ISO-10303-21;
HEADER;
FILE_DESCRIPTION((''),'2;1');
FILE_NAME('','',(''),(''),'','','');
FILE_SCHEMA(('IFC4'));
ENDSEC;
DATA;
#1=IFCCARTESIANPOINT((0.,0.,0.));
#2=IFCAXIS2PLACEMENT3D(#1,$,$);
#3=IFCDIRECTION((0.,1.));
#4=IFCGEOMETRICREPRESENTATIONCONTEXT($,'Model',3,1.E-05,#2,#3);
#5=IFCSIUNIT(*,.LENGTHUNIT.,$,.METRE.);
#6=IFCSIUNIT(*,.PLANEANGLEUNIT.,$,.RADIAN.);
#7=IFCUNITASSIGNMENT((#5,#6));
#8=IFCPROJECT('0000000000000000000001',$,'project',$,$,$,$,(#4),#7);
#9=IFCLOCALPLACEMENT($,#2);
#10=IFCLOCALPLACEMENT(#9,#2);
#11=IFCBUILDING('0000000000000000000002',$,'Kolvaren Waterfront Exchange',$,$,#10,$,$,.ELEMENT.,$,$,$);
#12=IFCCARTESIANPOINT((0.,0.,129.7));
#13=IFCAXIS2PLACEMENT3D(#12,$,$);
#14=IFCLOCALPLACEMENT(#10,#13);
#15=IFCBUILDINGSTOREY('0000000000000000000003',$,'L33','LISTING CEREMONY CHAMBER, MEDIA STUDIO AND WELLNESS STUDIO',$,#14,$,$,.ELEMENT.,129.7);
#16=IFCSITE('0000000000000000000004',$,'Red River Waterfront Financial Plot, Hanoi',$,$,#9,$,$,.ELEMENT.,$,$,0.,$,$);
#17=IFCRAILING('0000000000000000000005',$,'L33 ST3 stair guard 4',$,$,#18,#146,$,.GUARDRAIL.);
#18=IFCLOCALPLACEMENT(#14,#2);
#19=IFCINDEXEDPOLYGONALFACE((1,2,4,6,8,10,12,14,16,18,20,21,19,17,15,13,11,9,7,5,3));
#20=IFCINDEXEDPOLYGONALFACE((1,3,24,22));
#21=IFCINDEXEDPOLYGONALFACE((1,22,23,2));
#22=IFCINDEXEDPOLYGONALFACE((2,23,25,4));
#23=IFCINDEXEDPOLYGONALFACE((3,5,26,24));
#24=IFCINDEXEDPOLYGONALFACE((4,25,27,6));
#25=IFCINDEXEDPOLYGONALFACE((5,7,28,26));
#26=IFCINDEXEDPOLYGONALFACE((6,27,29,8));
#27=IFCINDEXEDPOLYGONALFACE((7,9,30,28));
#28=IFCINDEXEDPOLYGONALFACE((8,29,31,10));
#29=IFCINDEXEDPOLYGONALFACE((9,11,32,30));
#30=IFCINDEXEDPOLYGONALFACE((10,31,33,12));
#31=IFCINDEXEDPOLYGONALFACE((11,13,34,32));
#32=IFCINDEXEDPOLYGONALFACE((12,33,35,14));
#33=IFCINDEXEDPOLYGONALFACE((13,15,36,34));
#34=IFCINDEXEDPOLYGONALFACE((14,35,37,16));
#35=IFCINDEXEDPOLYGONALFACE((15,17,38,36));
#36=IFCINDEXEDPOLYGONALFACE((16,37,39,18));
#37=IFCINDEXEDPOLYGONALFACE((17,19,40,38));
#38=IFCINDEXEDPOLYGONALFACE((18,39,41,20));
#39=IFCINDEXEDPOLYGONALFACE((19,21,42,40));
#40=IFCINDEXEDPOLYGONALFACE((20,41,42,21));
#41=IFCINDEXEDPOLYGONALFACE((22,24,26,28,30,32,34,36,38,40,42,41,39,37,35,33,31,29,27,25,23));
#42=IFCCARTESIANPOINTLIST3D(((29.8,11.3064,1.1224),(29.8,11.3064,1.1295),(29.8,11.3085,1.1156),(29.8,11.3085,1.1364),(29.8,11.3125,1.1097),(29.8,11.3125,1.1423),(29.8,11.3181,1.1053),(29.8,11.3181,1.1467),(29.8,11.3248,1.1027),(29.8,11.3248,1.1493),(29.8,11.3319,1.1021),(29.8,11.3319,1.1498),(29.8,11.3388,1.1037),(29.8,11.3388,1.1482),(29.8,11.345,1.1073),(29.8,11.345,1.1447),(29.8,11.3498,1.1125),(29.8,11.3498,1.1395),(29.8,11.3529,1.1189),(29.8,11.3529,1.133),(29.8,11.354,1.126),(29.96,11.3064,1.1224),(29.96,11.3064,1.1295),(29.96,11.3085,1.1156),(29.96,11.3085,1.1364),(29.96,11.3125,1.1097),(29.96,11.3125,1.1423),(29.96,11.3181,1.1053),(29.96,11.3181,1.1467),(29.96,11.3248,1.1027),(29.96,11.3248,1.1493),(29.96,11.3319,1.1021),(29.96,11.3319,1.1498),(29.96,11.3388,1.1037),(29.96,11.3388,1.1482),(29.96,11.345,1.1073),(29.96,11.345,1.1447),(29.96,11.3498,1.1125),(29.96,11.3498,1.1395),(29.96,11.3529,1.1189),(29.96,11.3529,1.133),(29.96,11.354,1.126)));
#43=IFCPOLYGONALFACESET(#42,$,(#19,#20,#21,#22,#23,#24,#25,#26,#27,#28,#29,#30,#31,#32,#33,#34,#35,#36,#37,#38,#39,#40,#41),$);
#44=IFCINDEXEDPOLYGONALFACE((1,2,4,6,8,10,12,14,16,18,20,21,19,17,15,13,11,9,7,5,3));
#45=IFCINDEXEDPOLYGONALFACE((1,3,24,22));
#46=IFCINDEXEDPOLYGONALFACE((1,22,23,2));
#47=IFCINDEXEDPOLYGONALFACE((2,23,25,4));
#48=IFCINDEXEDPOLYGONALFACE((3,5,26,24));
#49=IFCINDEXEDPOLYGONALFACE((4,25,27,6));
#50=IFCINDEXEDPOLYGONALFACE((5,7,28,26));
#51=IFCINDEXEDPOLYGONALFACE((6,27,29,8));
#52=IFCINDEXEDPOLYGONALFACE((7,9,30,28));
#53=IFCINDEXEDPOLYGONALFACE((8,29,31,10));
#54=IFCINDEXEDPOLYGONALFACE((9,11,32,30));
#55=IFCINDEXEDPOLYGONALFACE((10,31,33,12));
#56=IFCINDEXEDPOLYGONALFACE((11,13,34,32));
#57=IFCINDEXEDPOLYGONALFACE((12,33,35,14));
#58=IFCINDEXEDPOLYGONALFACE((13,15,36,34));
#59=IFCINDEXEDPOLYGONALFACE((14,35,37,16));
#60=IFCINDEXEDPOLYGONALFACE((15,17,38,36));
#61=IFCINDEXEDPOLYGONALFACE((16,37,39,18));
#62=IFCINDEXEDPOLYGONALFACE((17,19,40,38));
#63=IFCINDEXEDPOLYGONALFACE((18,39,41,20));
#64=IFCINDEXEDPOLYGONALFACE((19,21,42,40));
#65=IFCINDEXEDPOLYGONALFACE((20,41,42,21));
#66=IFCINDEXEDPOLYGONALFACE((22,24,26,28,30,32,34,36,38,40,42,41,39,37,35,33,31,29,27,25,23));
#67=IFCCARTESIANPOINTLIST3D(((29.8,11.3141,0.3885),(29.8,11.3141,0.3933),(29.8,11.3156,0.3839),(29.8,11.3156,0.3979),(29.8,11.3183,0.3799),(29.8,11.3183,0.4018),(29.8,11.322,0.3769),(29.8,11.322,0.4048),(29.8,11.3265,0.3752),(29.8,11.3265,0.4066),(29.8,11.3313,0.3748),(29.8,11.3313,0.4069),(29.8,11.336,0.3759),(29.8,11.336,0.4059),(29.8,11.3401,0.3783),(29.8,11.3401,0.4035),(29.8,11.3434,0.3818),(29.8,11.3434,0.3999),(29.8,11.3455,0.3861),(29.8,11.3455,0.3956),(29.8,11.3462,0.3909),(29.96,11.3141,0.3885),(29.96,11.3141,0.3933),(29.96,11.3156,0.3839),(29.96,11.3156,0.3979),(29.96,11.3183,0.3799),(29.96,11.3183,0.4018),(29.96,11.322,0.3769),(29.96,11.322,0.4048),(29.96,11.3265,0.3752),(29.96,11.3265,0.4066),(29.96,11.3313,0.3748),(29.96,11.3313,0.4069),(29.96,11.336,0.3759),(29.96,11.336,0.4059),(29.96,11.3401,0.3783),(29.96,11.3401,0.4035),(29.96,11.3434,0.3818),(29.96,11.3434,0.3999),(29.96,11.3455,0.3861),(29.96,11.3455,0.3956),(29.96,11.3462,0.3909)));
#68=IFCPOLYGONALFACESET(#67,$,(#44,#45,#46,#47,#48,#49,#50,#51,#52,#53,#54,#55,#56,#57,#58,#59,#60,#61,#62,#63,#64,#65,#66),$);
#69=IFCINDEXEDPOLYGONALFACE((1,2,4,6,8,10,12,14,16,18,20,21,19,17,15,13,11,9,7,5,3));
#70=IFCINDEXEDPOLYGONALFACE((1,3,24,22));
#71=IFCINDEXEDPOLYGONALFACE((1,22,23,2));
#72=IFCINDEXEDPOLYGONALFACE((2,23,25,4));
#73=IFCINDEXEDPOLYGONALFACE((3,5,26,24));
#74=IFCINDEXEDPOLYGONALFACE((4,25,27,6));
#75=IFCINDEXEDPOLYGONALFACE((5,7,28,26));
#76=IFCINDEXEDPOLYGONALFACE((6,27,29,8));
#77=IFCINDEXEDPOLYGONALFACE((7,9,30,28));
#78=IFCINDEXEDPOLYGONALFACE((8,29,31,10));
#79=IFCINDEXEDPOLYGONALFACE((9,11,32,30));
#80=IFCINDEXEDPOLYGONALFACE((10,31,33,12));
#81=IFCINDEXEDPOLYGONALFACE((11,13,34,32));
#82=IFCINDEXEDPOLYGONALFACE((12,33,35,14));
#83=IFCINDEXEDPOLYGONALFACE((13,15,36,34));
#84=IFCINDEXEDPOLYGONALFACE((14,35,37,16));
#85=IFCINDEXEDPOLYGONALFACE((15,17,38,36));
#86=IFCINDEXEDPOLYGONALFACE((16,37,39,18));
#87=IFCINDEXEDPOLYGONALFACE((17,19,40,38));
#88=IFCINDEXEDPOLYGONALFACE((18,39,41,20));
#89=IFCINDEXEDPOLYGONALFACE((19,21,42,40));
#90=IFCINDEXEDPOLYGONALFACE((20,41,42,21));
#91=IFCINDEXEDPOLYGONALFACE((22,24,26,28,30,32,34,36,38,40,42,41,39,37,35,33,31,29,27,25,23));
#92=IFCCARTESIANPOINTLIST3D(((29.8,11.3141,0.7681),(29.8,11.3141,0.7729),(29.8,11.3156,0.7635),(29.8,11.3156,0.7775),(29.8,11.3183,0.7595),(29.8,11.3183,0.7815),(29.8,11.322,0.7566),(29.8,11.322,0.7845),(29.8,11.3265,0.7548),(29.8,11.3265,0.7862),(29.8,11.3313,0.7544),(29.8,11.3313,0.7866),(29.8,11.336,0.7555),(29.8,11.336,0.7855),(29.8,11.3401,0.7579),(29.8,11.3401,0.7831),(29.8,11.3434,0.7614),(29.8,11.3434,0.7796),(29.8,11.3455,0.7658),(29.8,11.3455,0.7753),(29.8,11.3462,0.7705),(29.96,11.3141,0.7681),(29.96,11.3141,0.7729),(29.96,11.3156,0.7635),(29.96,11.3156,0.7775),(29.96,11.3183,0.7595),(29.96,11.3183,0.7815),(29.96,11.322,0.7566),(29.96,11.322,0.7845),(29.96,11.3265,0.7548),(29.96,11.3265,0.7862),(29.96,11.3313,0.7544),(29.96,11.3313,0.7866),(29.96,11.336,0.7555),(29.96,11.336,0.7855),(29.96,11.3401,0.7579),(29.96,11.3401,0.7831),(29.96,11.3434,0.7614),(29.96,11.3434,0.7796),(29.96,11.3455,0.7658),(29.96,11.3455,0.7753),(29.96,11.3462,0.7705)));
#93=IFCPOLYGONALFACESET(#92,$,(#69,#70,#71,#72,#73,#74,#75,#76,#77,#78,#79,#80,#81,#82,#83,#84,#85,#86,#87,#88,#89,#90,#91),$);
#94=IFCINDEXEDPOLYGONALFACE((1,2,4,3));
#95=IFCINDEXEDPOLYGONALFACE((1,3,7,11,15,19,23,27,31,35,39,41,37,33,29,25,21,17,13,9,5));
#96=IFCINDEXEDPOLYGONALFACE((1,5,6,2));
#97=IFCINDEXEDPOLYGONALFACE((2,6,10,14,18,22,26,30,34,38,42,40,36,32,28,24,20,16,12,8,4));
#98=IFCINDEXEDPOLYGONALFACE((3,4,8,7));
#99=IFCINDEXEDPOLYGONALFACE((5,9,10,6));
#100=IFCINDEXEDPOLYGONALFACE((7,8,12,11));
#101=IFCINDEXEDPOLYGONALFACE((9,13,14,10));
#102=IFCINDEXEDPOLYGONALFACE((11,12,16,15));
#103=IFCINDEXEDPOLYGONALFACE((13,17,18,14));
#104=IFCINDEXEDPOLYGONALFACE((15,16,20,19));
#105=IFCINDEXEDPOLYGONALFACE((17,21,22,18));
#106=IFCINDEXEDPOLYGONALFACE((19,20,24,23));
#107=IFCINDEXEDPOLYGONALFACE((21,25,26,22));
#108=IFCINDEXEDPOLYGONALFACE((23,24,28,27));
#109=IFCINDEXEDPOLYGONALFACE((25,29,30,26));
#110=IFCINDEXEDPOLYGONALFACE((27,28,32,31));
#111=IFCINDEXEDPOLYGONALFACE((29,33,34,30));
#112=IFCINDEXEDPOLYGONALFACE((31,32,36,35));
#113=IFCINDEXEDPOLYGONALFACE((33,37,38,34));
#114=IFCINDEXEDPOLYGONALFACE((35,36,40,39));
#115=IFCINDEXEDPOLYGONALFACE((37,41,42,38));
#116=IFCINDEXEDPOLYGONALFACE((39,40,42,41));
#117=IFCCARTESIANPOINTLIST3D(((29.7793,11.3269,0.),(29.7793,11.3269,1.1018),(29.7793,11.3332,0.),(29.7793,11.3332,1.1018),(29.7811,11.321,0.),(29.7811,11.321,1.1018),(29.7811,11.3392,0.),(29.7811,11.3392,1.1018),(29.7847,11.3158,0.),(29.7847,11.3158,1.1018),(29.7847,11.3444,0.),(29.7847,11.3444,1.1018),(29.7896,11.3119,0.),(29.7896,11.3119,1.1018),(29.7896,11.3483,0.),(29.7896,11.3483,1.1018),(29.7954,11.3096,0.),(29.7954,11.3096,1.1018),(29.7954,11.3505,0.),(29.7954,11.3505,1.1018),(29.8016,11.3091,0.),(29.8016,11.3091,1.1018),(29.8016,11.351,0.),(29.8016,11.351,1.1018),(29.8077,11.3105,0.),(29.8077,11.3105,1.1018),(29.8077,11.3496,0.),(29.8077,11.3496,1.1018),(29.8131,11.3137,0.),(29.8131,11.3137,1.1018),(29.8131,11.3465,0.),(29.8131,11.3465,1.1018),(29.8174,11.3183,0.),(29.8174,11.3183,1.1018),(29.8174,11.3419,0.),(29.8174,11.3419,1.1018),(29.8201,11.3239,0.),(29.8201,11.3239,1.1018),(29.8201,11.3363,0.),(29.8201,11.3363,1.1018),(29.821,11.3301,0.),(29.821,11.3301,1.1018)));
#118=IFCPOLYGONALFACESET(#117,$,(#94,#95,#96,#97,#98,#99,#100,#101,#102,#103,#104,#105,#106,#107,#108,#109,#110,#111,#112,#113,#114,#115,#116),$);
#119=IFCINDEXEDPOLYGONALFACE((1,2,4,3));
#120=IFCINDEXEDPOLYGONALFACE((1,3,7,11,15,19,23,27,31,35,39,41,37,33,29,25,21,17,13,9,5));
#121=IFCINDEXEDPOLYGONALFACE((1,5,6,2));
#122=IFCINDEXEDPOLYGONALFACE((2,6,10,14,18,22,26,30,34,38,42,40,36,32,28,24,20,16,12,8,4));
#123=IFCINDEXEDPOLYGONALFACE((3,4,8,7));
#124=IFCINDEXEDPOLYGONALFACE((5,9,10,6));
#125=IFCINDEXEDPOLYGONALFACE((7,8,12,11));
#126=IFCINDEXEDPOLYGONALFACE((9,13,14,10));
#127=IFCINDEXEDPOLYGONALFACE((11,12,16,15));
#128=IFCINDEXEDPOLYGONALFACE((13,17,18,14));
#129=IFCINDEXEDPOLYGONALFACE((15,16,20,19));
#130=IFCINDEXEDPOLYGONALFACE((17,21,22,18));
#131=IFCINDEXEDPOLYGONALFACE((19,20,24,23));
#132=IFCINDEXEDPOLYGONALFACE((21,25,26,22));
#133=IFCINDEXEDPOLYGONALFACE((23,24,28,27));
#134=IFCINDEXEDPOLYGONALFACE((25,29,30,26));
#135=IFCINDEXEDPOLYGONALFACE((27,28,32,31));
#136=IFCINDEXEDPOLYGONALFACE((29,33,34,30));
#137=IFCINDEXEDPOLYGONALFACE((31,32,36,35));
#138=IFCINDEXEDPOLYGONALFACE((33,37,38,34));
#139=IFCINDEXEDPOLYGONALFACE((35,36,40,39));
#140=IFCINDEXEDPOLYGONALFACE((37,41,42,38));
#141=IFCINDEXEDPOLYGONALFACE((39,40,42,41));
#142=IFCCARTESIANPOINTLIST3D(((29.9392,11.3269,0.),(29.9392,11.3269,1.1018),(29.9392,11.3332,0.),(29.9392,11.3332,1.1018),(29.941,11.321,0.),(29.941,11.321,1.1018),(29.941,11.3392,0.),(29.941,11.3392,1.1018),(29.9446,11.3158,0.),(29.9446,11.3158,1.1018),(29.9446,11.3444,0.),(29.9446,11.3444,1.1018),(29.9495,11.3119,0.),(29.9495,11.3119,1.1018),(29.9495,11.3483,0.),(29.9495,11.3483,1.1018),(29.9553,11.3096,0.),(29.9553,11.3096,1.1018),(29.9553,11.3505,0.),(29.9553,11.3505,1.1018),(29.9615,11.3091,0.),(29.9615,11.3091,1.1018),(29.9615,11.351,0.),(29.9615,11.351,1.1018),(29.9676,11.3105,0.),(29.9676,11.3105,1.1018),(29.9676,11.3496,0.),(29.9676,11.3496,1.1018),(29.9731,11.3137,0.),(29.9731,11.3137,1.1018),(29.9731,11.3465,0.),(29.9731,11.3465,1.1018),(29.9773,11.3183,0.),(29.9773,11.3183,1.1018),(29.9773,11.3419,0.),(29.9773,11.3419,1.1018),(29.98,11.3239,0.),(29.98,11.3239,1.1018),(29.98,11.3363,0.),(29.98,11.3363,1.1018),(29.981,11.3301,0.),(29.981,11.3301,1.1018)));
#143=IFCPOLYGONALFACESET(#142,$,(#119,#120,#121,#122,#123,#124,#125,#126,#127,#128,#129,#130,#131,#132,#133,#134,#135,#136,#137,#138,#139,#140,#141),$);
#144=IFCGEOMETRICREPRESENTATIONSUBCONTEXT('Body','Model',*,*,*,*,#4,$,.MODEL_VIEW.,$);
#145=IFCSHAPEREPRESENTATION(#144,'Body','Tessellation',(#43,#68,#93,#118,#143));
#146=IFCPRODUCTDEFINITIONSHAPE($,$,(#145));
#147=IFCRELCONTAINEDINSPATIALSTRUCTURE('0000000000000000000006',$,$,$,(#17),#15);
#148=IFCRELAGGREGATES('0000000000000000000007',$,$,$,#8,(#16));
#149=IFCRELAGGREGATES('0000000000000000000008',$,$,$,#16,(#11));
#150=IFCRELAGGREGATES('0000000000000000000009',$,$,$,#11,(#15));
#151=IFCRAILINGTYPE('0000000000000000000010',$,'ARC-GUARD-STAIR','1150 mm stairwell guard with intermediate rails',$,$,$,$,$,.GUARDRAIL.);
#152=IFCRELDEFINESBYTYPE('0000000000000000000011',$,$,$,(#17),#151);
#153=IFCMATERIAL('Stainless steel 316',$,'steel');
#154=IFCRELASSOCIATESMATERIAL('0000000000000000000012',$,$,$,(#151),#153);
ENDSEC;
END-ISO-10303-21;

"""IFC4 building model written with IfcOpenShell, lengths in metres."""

from ifc_helpers import new_model, si_unit, direction, frame, origin, origin_2d, place, context, subcontext, project, spatial, circle, extrude, material, type_object, element, save


model = new_model("IFC4")

# Units and contexts
model_context = context("Model", 3, precision=1e-05, world=origin(), true_north=direction((0.0, 1.0)))
body_context = subcontext(model_context, "Body", "Model", "MODEL_VIEW")
ifc_project = project(units=[si_unit("LENGTHUNIT", "METRE"), si_unit("PLANEANGLEUNIT", "RADIAN")], contexts=[model_context])

# Site, building, storey
site_placement = place(None, origin())
site = spatial("IfcSite", under=ifc_project, at=site_placement, Name="Red River Waterfront Financial Plot, Hanoi", CompositionType="ELEMENT", RefElevation=0.0)
building_placement = place(site_placement, origin())
building = spatial("IfcBuilding", under=site, at=building_placement, Name="Kolvaren Waterfront Exchange", CompositionType="ELEMENT")
storey_placement = place(building_placement, frame((0.0, 0.0, 129.7)))
storey = spatial("IfcBuildingStorey", under=building, at=storey_placement, Name="L33", Description="LISTING CEREMONY CHAMBER, MEDIA STUDIO AND WELLNESS STUDIO", CompositionType="ELEMENT", Elevation=129.7)

# Railing
ifc_material_1 = material(Name="Stainless steel 316", Category="steel")
railing_type_1 = type_object("IfcRailingType", Name="ARC-GUARD-STAIR", Description="1150 mm stairwell guard with intermediate rails", PredefinedType="GUARDRAIL", material=ifc_material_1)
railing_1_placement = place(storey_placement, frame((29.8, 11.3301, 0.0)))
element("IfcRailing", 1, at=railing_1_placement, inside=storey, type_object=railing_type_1, Name="L33 ST3 stair guard 4", PredefinedType="GUARDRAIL", context=body_context, shape_type="SweptSolid", body=[
    extrude(circle(Radius=0.0239, at=origin_2d()), frame((0.0, 0.0, 1.126), z_axis=(1.0, 0.0, 0.0), x_axis=(0.0, 1.0, 0.0)), (0.0, 0.0, 1.0), 0.1599),
    extrude(circle(Radius=0.0161, at=origin_2d()), frame((0.0, 0.0, 0.3909), z_axis=(1.0, 0.0, 0.0), x_axis=(0.0, 1.0, 0.0)), (0.0, 0.0, 1.0), 0.1599),
    extrude(circle(Radius=0.0161, at=origin_2d()), frame((0.0, 0.0, 0.7705), z_axis=(1.0, 0.0, 0.0), x_axis=(0.0, 1.0, 0.0)), (0.0, 0.0, 1.0), 0.1599),
    extrude(circle(Radius=0.021, at=origin_2d()), origin(), (0.0, 0.0, 1.0), 1.1018),
    extrude(circle(Radius=0.021, at=origin_2d()), frame((0.1599, 0.0, 0.0)), (0.0, 0.0, 1.0), 1.1018),
])

save(model, "model.ifc")
